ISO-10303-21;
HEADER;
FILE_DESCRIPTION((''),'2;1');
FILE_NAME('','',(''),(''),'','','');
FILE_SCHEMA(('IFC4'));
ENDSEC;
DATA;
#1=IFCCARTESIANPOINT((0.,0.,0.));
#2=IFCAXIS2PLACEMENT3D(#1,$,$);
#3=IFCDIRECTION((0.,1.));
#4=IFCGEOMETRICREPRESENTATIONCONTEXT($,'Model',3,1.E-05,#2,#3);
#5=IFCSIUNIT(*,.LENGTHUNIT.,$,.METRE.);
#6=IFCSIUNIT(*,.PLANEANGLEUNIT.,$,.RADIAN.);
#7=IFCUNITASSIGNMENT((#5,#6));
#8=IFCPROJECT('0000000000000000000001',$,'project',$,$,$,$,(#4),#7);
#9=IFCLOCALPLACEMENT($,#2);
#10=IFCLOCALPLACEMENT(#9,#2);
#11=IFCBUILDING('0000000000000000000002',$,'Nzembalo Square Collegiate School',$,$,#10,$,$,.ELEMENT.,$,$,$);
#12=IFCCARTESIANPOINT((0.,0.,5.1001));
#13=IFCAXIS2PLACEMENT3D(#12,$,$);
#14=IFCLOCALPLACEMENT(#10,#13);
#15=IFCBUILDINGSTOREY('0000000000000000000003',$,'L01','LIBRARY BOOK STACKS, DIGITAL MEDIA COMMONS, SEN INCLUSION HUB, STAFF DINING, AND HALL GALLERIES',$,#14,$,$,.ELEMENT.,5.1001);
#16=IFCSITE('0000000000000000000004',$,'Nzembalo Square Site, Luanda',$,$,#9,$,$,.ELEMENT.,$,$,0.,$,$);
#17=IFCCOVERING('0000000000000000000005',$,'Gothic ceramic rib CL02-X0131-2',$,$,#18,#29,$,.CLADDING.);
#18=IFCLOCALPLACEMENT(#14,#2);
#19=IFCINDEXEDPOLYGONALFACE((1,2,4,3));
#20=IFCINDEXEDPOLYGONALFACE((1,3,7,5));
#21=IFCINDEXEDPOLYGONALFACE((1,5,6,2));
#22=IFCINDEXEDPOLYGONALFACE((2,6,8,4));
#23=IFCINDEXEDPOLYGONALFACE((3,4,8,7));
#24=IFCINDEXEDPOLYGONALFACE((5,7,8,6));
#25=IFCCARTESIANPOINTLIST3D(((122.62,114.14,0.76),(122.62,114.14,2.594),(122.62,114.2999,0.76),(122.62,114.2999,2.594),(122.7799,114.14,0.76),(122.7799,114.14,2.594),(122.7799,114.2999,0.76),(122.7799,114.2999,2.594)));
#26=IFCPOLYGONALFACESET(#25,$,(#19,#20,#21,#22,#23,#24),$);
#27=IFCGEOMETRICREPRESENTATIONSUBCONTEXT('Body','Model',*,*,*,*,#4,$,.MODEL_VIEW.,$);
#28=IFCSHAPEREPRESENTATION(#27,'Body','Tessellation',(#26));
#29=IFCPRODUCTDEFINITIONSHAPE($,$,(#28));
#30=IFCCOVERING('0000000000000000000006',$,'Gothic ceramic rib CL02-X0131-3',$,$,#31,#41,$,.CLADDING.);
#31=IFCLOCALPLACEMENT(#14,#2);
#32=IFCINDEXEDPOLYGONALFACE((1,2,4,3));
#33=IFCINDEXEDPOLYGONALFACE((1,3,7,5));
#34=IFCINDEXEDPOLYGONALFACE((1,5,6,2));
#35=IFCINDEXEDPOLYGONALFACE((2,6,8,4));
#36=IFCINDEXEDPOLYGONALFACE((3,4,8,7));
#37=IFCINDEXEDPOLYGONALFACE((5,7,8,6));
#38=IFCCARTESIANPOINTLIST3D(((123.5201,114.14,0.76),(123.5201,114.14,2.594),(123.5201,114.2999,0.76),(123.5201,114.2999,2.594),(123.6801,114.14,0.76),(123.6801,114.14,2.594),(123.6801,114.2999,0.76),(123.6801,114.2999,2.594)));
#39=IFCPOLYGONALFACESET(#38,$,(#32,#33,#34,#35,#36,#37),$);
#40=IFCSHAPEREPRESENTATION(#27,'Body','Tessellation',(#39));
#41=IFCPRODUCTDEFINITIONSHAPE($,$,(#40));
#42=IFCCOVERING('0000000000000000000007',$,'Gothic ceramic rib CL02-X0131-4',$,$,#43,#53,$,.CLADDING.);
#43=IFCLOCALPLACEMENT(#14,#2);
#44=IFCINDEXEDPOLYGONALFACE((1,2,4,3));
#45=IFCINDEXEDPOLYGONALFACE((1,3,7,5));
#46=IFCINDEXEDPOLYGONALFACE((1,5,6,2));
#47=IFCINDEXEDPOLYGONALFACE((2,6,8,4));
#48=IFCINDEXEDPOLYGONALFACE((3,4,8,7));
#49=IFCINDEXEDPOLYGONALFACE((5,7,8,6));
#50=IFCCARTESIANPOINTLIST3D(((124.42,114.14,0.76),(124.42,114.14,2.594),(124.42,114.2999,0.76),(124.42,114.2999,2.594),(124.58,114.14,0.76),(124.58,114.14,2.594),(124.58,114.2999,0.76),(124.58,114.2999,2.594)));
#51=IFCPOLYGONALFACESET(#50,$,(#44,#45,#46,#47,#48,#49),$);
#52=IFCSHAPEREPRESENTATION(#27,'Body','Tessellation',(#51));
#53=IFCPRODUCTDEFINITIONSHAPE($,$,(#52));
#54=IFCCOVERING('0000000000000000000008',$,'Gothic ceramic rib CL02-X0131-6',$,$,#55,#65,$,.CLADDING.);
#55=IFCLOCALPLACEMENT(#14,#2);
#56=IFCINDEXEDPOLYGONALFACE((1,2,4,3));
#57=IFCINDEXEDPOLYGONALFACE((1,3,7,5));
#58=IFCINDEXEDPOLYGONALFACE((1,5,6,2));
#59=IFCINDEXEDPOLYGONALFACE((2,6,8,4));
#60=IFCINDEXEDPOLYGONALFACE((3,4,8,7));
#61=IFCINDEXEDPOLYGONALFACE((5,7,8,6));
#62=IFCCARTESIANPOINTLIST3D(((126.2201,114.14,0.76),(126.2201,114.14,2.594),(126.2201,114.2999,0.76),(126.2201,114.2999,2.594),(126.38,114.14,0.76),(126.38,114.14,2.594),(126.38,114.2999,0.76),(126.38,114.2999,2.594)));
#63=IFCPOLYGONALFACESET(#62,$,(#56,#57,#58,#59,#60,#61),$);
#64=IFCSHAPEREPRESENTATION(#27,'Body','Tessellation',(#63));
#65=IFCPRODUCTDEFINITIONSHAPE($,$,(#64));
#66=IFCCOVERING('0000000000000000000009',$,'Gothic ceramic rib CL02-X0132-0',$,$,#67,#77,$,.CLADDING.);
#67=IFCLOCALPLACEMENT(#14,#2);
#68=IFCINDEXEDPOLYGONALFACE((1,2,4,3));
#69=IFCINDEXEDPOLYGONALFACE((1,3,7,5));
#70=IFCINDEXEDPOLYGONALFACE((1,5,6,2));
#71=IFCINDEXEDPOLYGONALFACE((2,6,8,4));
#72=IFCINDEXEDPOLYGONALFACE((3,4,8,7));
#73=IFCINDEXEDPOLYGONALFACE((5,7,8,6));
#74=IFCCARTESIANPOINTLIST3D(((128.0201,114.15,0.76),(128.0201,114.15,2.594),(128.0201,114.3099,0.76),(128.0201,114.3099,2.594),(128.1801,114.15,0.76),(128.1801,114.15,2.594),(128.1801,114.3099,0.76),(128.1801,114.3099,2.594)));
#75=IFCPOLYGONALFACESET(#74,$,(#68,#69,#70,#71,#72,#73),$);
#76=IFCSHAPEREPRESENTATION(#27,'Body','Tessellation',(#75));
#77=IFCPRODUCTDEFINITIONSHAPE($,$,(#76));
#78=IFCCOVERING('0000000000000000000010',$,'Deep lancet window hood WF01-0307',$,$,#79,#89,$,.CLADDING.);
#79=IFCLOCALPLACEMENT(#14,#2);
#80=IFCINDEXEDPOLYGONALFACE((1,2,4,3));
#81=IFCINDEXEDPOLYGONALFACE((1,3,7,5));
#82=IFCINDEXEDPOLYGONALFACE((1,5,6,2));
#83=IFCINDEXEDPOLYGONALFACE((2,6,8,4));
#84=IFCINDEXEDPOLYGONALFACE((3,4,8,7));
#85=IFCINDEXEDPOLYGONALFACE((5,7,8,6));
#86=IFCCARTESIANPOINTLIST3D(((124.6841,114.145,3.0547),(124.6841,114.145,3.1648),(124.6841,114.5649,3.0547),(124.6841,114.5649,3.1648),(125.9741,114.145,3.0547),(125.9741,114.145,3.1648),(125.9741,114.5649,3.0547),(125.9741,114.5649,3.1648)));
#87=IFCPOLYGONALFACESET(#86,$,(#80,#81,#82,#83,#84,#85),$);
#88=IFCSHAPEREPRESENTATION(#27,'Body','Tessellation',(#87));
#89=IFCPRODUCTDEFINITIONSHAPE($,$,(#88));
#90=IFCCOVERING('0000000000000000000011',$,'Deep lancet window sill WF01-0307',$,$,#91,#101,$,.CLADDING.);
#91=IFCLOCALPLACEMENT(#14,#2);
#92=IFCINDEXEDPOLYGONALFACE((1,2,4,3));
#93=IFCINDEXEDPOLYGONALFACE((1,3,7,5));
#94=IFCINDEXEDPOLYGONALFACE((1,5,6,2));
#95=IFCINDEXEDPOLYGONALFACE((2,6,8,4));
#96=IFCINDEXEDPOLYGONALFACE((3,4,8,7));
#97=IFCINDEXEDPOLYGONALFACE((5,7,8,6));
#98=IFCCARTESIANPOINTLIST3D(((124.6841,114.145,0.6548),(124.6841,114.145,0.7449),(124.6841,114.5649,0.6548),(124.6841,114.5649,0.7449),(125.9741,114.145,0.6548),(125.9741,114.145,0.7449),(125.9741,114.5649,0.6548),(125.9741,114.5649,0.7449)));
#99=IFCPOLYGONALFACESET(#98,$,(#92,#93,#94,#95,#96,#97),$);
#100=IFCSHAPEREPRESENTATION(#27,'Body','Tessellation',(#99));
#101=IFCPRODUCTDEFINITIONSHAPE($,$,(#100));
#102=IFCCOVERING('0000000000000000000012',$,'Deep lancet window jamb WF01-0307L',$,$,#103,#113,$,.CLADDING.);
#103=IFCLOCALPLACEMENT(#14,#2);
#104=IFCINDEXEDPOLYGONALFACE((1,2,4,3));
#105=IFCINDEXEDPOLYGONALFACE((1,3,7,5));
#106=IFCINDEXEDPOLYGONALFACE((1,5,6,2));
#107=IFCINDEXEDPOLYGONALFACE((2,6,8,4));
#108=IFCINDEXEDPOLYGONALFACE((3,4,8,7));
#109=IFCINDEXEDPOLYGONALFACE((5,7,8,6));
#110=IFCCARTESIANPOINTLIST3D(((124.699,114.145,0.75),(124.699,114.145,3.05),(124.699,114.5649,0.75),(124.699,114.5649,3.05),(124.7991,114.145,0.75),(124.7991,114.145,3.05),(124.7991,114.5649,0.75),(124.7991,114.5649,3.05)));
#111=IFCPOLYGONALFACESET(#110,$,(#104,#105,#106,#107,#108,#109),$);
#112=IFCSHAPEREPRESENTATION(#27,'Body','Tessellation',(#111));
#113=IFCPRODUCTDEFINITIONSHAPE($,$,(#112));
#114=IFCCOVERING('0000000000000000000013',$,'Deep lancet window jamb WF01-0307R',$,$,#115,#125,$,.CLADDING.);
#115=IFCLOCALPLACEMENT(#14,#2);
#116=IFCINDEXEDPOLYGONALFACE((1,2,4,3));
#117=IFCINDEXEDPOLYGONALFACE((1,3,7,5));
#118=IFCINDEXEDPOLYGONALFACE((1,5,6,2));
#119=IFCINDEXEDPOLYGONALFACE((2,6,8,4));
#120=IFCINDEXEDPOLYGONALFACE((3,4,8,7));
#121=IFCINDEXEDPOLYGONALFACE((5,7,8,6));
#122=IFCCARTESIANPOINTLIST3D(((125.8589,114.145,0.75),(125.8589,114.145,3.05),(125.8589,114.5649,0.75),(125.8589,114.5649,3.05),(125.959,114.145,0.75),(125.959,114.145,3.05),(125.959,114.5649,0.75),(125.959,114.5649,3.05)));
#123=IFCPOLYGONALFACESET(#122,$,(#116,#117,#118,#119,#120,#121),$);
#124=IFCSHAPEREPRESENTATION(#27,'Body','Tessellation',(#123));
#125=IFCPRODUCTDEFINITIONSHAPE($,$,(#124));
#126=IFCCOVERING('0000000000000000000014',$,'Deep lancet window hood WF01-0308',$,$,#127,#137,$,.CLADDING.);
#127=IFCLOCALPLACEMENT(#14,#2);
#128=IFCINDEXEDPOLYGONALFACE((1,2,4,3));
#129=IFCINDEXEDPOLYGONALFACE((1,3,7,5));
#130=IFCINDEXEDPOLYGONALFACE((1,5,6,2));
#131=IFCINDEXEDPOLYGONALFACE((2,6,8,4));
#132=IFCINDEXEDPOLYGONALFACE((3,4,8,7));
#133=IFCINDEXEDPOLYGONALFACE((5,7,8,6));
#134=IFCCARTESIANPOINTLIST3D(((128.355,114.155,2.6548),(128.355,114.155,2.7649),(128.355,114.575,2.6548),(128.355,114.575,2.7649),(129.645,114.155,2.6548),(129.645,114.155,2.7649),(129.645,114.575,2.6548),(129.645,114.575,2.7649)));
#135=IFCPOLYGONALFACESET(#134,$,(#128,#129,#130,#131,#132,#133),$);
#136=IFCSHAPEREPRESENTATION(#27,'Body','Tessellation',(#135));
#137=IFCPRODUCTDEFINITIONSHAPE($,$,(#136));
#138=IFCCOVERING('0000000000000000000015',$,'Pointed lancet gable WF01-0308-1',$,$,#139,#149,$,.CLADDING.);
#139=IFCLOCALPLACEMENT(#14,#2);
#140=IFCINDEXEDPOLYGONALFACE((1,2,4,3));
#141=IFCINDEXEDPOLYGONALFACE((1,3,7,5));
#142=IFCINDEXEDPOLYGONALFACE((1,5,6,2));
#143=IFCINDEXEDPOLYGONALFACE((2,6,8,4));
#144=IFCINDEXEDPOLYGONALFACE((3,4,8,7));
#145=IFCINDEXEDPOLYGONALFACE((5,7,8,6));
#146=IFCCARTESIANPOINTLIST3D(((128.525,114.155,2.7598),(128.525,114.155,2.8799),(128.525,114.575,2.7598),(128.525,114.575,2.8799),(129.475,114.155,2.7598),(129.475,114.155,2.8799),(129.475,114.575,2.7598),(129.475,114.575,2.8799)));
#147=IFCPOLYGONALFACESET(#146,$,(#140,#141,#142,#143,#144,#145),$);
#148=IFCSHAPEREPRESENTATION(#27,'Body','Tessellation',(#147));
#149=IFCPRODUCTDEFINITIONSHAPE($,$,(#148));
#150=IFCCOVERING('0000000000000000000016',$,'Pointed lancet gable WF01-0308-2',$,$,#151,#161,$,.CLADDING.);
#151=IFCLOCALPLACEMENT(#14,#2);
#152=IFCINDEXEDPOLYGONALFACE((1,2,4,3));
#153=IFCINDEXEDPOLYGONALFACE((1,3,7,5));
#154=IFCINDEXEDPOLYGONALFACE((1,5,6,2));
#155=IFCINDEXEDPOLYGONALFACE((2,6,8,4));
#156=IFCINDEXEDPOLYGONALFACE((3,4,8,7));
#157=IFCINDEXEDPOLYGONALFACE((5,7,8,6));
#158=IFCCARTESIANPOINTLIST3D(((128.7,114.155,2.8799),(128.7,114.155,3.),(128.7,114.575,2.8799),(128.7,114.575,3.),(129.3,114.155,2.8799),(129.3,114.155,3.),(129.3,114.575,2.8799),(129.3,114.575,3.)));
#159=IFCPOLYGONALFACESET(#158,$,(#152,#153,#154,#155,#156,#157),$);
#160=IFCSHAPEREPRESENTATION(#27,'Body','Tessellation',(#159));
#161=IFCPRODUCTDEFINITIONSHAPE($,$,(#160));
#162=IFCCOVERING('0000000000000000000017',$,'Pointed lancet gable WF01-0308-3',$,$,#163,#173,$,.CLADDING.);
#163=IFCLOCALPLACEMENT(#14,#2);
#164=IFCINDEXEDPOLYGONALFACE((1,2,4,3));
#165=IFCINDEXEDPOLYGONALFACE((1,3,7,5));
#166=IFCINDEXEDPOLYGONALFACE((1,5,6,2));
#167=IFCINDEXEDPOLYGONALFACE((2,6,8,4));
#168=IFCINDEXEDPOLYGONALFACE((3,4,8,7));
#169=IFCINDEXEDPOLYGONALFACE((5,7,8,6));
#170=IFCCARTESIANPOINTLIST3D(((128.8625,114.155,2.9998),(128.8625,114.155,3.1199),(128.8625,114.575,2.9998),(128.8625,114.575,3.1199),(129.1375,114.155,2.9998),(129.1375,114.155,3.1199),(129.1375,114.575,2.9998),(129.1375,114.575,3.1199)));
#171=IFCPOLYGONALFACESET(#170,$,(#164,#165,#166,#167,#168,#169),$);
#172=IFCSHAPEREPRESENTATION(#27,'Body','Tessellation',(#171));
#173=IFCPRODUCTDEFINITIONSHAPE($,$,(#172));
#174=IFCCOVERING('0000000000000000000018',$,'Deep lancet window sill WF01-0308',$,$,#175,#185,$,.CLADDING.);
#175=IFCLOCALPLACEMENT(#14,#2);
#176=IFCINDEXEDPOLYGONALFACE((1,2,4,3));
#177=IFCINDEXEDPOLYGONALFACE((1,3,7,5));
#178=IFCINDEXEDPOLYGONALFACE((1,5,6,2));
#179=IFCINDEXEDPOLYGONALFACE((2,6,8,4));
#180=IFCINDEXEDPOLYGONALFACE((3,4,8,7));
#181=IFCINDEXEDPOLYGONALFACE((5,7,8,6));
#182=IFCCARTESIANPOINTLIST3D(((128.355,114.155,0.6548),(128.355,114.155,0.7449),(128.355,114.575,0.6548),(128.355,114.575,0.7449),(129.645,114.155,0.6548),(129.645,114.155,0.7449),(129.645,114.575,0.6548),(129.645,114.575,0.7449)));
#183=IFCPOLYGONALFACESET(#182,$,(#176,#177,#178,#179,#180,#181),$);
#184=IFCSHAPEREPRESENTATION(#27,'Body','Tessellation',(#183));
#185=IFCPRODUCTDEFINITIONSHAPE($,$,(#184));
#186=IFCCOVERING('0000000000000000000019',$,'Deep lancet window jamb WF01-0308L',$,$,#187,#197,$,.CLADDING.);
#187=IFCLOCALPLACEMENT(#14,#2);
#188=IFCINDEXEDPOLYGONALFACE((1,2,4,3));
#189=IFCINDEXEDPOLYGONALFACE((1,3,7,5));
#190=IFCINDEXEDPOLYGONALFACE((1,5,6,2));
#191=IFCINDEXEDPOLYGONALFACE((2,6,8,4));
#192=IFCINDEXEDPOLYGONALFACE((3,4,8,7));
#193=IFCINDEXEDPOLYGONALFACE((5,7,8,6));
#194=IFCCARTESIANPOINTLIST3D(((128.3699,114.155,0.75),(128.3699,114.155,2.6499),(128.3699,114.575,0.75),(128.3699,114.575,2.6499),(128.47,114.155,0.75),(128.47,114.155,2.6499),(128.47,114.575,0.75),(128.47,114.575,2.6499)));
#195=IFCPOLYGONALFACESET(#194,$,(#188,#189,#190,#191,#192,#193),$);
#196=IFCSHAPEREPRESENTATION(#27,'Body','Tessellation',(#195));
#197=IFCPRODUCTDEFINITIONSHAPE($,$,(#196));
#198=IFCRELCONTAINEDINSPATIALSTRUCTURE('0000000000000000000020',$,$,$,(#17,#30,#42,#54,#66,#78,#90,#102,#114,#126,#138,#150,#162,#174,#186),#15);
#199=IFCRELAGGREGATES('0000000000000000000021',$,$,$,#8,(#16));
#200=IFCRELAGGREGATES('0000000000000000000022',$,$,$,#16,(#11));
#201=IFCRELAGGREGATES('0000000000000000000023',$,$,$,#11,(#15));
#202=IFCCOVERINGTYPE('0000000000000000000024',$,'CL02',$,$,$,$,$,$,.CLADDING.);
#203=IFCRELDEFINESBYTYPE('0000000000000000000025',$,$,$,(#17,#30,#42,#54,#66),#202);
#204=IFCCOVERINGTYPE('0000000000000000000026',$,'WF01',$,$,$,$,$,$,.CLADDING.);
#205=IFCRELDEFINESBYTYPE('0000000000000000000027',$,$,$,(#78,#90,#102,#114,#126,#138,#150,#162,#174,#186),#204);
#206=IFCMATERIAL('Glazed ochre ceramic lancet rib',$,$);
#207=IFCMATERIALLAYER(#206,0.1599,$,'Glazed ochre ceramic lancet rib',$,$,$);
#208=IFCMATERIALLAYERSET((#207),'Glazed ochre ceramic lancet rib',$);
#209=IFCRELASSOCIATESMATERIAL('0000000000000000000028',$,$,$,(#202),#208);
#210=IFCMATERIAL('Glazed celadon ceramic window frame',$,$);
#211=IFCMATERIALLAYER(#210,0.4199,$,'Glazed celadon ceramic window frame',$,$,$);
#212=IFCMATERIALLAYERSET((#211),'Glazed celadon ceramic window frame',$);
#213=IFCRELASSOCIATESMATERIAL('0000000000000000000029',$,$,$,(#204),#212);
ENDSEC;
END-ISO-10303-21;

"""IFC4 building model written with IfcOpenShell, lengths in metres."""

from ifc_helpers import new_model, si_unit, direction, frame, origin, origin_2d, place, context, subcontext, project, spatial, rectangle, extrude, material, layer, layer_set, type_object, element, save


model = new_model("IFC4")

# Units and contexts
model_context = context("Model", 3, precision=1e-05, world=origin(), true_north=direction((0.0, 1.0)))
body_context = subcontext(model_context, "Body", "Model", "MODEL_VIEW")
ifc_project = project(units=[si_unit("LENGTHUNIT", "METRE"), si_unit("PLANEANGLEUNIT", "RADIAN")], contexts=[model_context])

# Site, building, storey
site_placement = place(None, origin())
site = spatial("IfcSite", under=ifc_project, at=site_placement, Name="Nzembalo Square Site, Luanda", CompositionType="ELEMENT", RefElevation=0.0)
building_placement = place(site_placement, origin())
building = spatial("IfcBuilding", under=site, at=building_placement, Name="Nzembalo Square Collegiate School", CompositionType="ELEMENT")
storey_placement = place(building_placement, frame((0.0, 0.0, 5.1001)))
storey = spatial("IfcBuildingStorey", under=building, at=storey_placement, Name="L01", Description="LIBRARY BOOK STACKS, DIGITAL MEDIA COMMONS, SEN INCLUSION HUB, STAFF DINING, AND HALL GALLERIES", CompositionType="ELEMENT", Elevation=5.1001)

# Coverings
ifc_material_1 = material(Name="Glazed ochre ceramic lancet rib")
ifc_layer_1 = layer(ifc_material_1, 0.1599, Name="Glazed ochre ceramic lancet rib")
ifc_layer_set_1 = layer_set([ifc_layer_1], Name="Glazed ochre ceramic lancet rib")
covering_type_1 = type_object("IfcCoveringType", Name="CL02", PredefinedType="CLADDING", material=ifc_layer_set_1)
for number, where, z_axis, x_axis, name in (
    (1, (122.7, 114.22, 0.76), (0.0, 0.0, 1.0), (1.0, 0.0, 0.0), "Gothic ceramic rib CL02-X0131-2"),
    (2, (123.6001, 114.22, 0.76), (0.0, 0.0, 1.0), (1.0, 0.0, 0.0), "Gothic ceramic rib CL02-X0131-3"),
    (3, (124.5, 114.22, 0.76), (0.0, 0.0, 1.0), (1.0, 0.0, 0.0), "Gothic ceramic rib CL02-X0131-4"),
    (4, (126.3, 114.22, 0.76), (0.0, 0.0, 1.0), (1.0, 0.0, 0.0), "Gothic ceramic rib CL02-X0131-6"),
    (5, (128.1001, 114.23, 0.76), (0.0, 0.0, 1.0), (1.0, 0.0, 0.0), "Gothic ceramic rib CL02-X0132-0"),
):
    element("IfcCovering", number, at=place(storey_placement, frame(where, z_axis=z_axis, x_axis=x_axis)), inside=storey, type_object=covering_type_1, Name=name, PredefinedType="CLADDING", context=body_context, shape_type="SweptSolid", body=[
        extrude(rectangle(XDim=0.1599, YDim=0.1599, at=origin_2d()), origin(), (0.0, 0.0, 1.0), 1.834),
    ])
ifc_material_2 = material(Name="Glazed celadon ceramic window frame")
ifc_layer_2 = layer(ifc_material_2, 0.4199, Name="Glazed celadon ceramic window frame")
ifc_layer_set_2 = layer_set([ifc_layer_2], Name="Glazed celadon ceramic window frame")
covering_type_2 = type_object("IfcCoveringType", Name="WF01", PredefinedType="CLADDING", material=ifc_layer_set_2)
covering_1_placement = place(storey_placement, frame((125.3291, 114.355, 3.0547), z_axis=(0.0, 0.0, 1.0), x_axis=(1.0, 0.0, 0.0)))
element("IfcCovering", 6, at=covering_1_placement, inside=storey, type_object=covering_type_2, Name="Deep lancet window hood WF01-0307", PredefinedType="CLADDING", context=body_context, shape_type="SweptSolid", body=[
    extrude(rectangle(XDim=1.29, YDim=0.4199, at=origin_2d()), origin(), (0.0, 0.0, 1.0), 0.1101),
])
covering_2_placement = place(storey_placement, frame((125.3291, 114.355, 0.6548), z_axis=(0.0, 0.0, 1.0), x_axis=(1.0, 0.0, 0.0)))
element("IfcCovering", 7, at=covering_2_placement, inside=storey, type_object=covering_type_2, Name="Deep lancet window sill WF01-0307", PredefinedType="CLADDING", context=body_context, shape_type="SweptSolid", body=[
    extrude(rectangle(XDim=1.29, YDim=0.4199, at=origin_2d()), origin(), (0.0, 0.0, 1.0), 0.0901),
])
for number, where, z_axis, x_axis, name in (
    (8, (124.749, 114.355, 0.75), (0.0, 0.0, 1.0), (1.0, 0.0, 0.0), "Deep lancet window jamb WF01-0307L"),
    (9, (125.9089, 114.355, 0.75), (0.0, 0.0, 1.0), (1.0, 0.0, 0.0), "Deep lancet window jamb WF01-0307R"),
):
    element("IfcCovering", number, at=place(storey_placement, frame(where, z_axis=z_axis, x_axis=x_axis)), inside=storey, type_object=covering_type_2, Name=name, PredefinedType="CLADDING", context=body_context, shape_type="SweptSolid", body=[
        extrude(rectangle(XDim=0.1001, YDim=0.4199, at=origin_2d()), origin(), (0.0, 0.0, 1.0), 2.3),
    ])
covering_3_placement = place(storey_placement, frame((129.0, 114.365, 2.6548), z_axis=(0.0, 0.0, 1.0), x_axis=(1.0, 0.0, 0.0)))
element("IfcCovering", 10, at=covering_3_placement, inside=storey, type_object=covering_type_2, Name="Deep lancet window hood WF01-0308", PredefinedType="CLADDING", context=body_context, shape_type="SweptSolid", body=[
    extrude(rectangle(XDim=1.29, YDim=0.4199, at=origin_2d()), origin(), (0.0, 0.0, 1.0), 0.1101),
])
covering_4_placement = place(storey_placement, frame((129.0, 114.365, 2.7598), z_axis=(0.0, 0.0, 1.0), x_axis=(1.0, 0.0, 0.0)))
element("IfcCovering", 11, at=covering_4_placement, inside=storey, type_object=covering_type_2, Name="Pointed lancet gable WF01-0308-1", PredefinedType="CLADDING", context=body_context, shape_type="SweptSolid", body=[
    extrude(rectangle(XDim=0.95, YDim=0.4199, at=origin_2d()), origin(), (0.0, 0.0, 1.0), 0.1201),
])
covering_5_placement = place(storey_placement, frame((129.0, 114.365, 2.8799), z_axis=(0.0, 0.0, 1.0), x_axis=(1.0, 0.0, 0.0)))
element("IfcCovering", 12, at=covering_5_placement, inside=storey, type_object=covering_type_2, Name="Pointed lancet gable WF01-0308-2", PredefinedType="CLADDING", context=body_context, shape_type="SweptSolid", body=[
    extrude(rectangle(XDim=0.6001, YDim=0.4199, at=origin_2d()), origin(), (0.0, 0.0, 1.0), 0.1201),
])
covering_6_placement = place(storey_placement, frame((129.0, 114.365, 2.9998), z_axis=(0.0, 0.0, 1.0), x_axis=(1.0, 0.0, 0.0)))
element("IfcCovering", 13, at=covering_6_placement, inside=storey, type_object=covering_type_2, Name="Pointed lancet gable WF01-0308-3", PredefinedType="CLADDING", context=body_context, shape_type="SweptSolid", body=[
    extrude(rectangle(XDim=0.2749, YDim=0.4199, at=origin_2d()), origin(), (0.0, 0.0, 1.0), 0.1201),
])
covering_7_placement = place(storey_placement, frame((129.0, 114.365, 0.6548), z_axis=(0.0, 0.0, 1.0), x_axis=(1.0, 0.0, 0.0)))
element("IfcCovering", 14, at=covering_7_placement, inside=storey, type_object=covering_type_2, Name="Deep lancet window sill WF01-0308", PredefinedType="CLADDING", context=body_context, shape_type="SweptSolid", body=[
    extrude(rectangle(XDim=1.29, YDim=0.4199, at=origin_2d()), origin(), (0.0, 0.0, 1.0), 0.0901),
])
covering_8_placement = place(storey_placement, frame((128.4199, 114.365, 0.75), z_axis=(0.0, 0.0, 1.0), x_axis=(1.0, 0.0, 0.0)))
element("IfcCovering", 15, at=covering_8_placement, inside=storey, type_object=covering_type_2, Name="Deep lancet window jamb WF01-0308L", PredefinedType="CLADDING", context=body_context, shape_type="SweptSolid", body=[
    extrude(rectangle(XDim=0.1001, YDim=0.4199, at=origin_2d()), origin(), (0.0, 0.0, 1.0), 1.8999),
])

save(model, "model.ifc")
